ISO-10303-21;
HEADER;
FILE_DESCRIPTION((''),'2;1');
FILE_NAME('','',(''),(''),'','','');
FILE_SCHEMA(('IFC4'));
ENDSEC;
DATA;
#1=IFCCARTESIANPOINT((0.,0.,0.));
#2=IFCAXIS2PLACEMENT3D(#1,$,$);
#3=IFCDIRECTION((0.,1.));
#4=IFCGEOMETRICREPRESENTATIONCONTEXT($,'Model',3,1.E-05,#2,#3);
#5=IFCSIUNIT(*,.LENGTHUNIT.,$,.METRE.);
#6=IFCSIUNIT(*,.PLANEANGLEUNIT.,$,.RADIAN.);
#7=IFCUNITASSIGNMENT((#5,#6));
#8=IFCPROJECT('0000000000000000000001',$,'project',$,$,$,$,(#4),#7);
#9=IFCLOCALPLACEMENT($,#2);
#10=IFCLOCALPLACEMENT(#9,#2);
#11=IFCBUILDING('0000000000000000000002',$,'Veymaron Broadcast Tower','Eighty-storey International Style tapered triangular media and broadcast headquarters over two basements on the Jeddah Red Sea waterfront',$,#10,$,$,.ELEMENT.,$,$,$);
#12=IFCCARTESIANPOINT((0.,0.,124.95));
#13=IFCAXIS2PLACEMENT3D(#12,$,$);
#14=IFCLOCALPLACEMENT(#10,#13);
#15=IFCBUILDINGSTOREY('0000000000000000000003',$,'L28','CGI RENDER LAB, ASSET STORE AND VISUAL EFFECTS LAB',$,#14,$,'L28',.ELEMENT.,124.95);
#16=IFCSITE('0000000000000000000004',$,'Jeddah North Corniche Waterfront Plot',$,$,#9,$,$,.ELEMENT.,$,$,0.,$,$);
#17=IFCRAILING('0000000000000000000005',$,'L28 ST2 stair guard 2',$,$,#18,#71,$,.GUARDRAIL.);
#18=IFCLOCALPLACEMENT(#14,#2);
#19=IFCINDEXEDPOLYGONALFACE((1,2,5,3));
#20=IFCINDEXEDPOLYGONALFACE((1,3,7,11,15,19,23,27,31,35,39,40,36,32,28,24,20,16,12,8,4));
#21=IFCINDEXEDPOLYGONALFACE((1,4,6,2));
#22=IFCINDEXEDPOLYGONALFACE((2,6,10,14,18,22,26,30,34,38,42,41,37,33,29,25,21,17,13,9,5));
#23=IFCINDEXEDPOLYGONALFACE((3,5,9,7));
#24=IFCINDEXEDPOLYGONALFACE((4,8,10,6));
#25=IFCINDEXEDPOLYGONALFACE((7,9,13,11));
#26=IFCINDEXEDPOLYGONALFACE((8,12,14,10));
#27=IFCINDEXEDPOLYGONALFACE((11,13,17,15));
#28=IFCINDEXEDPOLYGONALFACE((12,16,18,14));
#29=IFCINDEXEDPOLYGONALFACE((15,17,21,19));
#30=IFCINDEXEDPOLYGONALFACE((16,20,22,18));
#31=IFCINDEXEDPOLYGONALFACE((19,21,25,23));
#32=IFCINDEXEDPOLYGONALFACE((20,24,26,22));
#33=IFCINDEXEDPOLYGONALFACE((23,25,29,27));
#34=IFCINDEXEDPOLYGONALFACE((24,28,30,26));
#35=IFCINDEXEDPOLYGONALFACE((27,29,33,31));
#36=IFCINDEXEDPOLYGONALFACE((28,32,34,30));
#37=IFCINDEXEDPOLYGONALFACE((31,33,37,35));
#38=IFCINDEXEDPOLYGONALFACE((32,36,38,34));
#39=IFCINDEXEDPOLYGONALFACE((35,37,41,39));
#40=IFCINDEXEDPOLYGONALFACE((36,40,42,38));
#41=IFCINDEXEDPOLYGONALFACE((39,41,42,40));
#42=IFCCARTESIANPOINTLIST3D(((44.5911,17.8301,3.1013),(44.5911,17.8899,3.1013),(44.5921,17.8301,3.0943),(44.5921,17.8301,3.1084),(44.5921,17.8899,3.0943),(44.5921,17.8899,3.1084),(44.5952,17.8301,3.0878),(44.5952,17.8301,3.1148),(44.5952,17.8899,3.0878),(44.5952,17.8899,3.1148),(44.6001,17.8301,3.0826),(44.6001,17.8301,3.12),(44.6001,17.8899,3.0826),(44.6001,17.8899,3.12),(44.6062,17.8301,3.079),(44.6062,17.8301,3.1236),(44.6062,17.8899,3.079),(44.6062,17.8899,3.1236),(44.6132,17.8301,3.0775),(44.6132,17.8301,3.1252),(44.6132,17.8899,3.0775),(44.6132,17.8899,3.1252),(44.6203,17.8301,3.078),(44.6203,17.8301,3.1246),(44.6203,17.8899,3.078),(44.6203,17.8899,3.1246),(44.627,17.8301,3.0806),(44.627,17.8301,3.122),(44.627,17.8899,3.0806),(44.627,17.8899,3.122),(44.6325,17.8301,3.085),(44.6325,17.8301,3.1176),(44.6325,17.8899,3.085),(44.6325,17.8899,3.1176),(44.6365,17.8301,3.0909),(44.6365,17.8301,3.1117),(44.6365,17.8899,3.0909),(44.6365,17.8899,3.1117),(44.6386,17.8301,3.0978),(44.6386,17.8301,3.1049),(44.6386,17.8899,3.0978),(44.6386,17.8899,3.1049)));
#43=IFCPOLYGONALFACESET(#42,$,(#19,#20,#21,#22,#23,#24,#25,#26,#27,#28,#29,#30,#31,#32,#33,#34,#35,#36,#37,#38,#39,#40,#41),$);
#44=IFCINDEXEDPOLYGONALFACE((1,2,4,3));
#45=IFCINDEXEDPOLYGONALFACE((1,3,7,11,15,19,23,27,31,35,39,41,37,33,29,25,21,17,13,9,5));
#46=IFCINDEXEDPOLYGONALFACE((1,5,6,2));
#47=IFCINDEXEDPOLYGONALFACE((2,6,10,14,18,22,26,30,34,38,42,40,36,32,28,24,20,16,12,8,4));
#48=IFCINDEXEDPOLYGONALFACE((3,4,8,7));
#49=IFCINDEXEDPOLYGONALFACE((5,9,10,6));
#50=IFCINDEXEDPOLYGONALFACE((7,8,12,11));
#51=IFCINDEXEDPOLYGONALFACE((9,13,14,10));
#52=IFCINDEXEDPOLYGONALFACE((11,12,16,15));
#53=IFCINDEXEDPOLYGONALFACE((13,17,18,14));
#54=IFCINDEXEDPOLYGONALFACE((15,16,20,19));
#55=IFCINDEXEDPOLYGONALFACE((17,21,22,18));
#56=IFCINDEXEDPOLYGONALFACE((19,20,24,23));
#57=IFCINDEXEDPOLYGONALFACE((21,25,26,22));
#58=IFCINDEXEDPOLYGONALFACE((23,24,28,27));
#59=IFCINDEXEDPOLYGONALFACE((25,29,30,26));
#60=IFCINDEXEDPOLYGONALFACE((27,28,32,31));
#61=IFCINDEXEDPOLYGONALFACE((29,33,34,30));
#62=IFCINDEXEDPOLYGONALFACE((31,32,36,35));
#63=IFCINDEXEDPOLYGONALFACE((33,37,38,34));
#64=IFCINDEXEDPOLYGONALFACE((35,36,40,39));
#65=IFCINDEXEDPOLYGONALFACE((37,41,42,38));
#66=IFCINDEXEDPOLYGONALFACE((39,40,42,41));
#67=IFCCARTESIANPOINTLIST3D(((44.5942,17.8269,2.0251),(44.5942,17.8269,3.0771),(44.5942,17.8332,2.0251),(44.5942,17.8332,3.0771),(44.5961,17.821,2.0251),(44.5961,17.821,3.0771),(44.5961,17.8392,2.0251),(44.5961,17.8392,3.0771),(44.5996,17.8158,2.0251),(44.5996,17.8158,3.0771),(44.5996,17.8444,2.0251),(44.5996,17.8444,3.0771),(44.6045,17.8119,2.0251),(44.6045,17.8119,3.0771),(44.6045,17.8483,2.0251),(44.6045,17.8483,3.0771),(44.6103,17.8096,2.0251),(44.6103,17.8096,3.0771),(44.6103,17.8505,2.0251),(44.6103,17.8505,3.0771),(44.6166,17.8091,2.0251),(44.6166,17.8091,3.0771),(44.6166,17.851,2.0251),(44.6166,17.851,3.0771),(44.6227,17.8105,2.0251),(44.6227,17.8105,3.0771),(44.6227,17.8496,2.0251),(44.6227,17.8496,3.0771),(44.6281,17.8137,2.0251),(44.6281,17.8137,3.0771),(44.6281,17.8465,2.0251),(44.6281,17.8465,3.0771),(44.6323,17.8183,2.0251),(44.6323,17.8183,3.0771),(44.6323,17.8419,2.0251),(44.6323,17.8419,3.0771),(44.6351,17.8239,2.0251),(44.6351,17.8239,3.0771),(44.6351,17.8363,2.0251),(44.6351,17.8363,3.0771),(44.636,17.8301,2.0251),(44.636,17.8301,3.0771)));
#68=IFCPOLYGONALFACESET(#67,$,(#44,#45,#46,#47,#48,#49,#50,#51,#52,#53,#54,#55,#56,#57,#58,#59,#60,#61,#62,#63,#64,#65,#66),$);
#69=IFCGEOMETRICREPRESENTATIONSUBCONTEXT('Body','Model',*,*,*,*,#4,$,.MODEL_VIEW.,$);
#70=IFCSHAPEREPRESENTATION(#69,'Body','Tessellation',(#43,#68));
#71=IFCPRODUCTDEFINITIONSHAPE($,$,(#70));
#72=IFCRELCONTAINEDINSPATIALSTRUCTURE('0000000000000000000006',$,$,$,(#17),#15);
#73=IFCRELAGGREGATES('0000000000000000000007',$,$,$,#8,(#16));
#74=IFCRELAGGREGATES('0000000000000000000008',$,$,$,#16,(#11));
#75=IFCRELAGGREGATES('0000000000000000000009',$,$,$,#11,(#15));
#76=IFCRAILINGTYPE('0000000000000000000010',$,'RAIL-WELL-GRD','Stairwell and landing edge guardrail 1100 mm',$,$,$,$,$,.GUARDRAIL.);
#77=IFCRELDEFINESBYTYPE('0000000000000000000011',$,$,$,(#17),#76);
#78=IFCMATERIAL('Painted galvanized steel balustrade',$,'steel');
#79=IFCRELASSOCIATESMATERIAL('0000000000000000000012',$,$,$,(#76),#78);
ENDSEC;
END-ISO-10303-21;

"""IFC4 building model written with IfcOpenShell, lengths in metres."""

from ifc_helpers import new_model, si_unit, direction, frame, origin, origin_2d, place, context, subcontext, project, spatial, circle, extrude, material, type_object, element, save


model = new_model("IFC4")

# Units and contexts
model_context = context("Model", 3, precision=1e-05, world=origin(), true_north=direction((0.0, 1.0)))
body_context = subcontext(model_context, "Body", "Model", "MODEL_VIEW")
ifc_project = project(units=[si_unit("LENGTHUNIT", "METRE"), si_unit("PLANEANGLEUNIT", "RADIAN")], contexts=[model_context])

# Site, building, storey
site_placement = place(None, origin())
site = spatial("IfcSite", under=ifc_project, at=site_placement, Name="Jeddah North Corniche Waterfront Plot", CompositionType="ELEMENT", RefElevation=0.0)
building_placement = place(site_placement, origin())
building = spatial("IfcBuilding", under=site, at=building_placement, Name="Veymaron Broadcast Tower", Description="Eighty-storey International Style tapered triangular media and broadcast headquarters over two basements on the Jeddah Red Sea waterfront", CompositionType="ELEMENT")
storey_placement = place(building_placement, frame((0.0, 0.0, 124.95)))
storey = spatial("IfcBuildingStorey", under=building, at=storey_placement, Name="L28", Description="CGI RENDER LAB, ASSET STORE AND VISUAL EFFECTS LAB", LongName="L28", CompositionType="ELEMENT", Elevation=124.95)

# Railing
ifc_material_1 = material(Name="Painted galvanized steel balustrade", Category="steel")
railing_type_1 = type_object("IfcRailingType", Name="RAIL-WELL-GRD", Description="Stairwell and landing edge guardrail 1100 mm", PredefinedType="GUARDRAIL", material=ifc_material_1)
railing_1_placement = place(storey_placement, frame((44.615, 17.8301, 2.0251)))
element("IfcRailing", 1, at=railing_1_placement, inside=storey, type_object=railing_type_1, Name="L28 ST2 stair guard 2", PredefinedType="GUARDRAIL", context=body_context, shape_type="SweptSolid", body=[
    extrude(circle(Radius=0.0239, at=origin_2d()), frame((0.0, 0.0, 1.0762), z_axis=(0.0, 1.0, 0.0), x_axis=(-1.0, 0.0, 0.0)), (0.0, 0.0, 1.0), 0.0598),
    extrude(circle(Radius=0.021, at=origin_2d()), origin(), (0.0, 0.0, 1.0), 1.052),
])

save(model, "model.ifc")
